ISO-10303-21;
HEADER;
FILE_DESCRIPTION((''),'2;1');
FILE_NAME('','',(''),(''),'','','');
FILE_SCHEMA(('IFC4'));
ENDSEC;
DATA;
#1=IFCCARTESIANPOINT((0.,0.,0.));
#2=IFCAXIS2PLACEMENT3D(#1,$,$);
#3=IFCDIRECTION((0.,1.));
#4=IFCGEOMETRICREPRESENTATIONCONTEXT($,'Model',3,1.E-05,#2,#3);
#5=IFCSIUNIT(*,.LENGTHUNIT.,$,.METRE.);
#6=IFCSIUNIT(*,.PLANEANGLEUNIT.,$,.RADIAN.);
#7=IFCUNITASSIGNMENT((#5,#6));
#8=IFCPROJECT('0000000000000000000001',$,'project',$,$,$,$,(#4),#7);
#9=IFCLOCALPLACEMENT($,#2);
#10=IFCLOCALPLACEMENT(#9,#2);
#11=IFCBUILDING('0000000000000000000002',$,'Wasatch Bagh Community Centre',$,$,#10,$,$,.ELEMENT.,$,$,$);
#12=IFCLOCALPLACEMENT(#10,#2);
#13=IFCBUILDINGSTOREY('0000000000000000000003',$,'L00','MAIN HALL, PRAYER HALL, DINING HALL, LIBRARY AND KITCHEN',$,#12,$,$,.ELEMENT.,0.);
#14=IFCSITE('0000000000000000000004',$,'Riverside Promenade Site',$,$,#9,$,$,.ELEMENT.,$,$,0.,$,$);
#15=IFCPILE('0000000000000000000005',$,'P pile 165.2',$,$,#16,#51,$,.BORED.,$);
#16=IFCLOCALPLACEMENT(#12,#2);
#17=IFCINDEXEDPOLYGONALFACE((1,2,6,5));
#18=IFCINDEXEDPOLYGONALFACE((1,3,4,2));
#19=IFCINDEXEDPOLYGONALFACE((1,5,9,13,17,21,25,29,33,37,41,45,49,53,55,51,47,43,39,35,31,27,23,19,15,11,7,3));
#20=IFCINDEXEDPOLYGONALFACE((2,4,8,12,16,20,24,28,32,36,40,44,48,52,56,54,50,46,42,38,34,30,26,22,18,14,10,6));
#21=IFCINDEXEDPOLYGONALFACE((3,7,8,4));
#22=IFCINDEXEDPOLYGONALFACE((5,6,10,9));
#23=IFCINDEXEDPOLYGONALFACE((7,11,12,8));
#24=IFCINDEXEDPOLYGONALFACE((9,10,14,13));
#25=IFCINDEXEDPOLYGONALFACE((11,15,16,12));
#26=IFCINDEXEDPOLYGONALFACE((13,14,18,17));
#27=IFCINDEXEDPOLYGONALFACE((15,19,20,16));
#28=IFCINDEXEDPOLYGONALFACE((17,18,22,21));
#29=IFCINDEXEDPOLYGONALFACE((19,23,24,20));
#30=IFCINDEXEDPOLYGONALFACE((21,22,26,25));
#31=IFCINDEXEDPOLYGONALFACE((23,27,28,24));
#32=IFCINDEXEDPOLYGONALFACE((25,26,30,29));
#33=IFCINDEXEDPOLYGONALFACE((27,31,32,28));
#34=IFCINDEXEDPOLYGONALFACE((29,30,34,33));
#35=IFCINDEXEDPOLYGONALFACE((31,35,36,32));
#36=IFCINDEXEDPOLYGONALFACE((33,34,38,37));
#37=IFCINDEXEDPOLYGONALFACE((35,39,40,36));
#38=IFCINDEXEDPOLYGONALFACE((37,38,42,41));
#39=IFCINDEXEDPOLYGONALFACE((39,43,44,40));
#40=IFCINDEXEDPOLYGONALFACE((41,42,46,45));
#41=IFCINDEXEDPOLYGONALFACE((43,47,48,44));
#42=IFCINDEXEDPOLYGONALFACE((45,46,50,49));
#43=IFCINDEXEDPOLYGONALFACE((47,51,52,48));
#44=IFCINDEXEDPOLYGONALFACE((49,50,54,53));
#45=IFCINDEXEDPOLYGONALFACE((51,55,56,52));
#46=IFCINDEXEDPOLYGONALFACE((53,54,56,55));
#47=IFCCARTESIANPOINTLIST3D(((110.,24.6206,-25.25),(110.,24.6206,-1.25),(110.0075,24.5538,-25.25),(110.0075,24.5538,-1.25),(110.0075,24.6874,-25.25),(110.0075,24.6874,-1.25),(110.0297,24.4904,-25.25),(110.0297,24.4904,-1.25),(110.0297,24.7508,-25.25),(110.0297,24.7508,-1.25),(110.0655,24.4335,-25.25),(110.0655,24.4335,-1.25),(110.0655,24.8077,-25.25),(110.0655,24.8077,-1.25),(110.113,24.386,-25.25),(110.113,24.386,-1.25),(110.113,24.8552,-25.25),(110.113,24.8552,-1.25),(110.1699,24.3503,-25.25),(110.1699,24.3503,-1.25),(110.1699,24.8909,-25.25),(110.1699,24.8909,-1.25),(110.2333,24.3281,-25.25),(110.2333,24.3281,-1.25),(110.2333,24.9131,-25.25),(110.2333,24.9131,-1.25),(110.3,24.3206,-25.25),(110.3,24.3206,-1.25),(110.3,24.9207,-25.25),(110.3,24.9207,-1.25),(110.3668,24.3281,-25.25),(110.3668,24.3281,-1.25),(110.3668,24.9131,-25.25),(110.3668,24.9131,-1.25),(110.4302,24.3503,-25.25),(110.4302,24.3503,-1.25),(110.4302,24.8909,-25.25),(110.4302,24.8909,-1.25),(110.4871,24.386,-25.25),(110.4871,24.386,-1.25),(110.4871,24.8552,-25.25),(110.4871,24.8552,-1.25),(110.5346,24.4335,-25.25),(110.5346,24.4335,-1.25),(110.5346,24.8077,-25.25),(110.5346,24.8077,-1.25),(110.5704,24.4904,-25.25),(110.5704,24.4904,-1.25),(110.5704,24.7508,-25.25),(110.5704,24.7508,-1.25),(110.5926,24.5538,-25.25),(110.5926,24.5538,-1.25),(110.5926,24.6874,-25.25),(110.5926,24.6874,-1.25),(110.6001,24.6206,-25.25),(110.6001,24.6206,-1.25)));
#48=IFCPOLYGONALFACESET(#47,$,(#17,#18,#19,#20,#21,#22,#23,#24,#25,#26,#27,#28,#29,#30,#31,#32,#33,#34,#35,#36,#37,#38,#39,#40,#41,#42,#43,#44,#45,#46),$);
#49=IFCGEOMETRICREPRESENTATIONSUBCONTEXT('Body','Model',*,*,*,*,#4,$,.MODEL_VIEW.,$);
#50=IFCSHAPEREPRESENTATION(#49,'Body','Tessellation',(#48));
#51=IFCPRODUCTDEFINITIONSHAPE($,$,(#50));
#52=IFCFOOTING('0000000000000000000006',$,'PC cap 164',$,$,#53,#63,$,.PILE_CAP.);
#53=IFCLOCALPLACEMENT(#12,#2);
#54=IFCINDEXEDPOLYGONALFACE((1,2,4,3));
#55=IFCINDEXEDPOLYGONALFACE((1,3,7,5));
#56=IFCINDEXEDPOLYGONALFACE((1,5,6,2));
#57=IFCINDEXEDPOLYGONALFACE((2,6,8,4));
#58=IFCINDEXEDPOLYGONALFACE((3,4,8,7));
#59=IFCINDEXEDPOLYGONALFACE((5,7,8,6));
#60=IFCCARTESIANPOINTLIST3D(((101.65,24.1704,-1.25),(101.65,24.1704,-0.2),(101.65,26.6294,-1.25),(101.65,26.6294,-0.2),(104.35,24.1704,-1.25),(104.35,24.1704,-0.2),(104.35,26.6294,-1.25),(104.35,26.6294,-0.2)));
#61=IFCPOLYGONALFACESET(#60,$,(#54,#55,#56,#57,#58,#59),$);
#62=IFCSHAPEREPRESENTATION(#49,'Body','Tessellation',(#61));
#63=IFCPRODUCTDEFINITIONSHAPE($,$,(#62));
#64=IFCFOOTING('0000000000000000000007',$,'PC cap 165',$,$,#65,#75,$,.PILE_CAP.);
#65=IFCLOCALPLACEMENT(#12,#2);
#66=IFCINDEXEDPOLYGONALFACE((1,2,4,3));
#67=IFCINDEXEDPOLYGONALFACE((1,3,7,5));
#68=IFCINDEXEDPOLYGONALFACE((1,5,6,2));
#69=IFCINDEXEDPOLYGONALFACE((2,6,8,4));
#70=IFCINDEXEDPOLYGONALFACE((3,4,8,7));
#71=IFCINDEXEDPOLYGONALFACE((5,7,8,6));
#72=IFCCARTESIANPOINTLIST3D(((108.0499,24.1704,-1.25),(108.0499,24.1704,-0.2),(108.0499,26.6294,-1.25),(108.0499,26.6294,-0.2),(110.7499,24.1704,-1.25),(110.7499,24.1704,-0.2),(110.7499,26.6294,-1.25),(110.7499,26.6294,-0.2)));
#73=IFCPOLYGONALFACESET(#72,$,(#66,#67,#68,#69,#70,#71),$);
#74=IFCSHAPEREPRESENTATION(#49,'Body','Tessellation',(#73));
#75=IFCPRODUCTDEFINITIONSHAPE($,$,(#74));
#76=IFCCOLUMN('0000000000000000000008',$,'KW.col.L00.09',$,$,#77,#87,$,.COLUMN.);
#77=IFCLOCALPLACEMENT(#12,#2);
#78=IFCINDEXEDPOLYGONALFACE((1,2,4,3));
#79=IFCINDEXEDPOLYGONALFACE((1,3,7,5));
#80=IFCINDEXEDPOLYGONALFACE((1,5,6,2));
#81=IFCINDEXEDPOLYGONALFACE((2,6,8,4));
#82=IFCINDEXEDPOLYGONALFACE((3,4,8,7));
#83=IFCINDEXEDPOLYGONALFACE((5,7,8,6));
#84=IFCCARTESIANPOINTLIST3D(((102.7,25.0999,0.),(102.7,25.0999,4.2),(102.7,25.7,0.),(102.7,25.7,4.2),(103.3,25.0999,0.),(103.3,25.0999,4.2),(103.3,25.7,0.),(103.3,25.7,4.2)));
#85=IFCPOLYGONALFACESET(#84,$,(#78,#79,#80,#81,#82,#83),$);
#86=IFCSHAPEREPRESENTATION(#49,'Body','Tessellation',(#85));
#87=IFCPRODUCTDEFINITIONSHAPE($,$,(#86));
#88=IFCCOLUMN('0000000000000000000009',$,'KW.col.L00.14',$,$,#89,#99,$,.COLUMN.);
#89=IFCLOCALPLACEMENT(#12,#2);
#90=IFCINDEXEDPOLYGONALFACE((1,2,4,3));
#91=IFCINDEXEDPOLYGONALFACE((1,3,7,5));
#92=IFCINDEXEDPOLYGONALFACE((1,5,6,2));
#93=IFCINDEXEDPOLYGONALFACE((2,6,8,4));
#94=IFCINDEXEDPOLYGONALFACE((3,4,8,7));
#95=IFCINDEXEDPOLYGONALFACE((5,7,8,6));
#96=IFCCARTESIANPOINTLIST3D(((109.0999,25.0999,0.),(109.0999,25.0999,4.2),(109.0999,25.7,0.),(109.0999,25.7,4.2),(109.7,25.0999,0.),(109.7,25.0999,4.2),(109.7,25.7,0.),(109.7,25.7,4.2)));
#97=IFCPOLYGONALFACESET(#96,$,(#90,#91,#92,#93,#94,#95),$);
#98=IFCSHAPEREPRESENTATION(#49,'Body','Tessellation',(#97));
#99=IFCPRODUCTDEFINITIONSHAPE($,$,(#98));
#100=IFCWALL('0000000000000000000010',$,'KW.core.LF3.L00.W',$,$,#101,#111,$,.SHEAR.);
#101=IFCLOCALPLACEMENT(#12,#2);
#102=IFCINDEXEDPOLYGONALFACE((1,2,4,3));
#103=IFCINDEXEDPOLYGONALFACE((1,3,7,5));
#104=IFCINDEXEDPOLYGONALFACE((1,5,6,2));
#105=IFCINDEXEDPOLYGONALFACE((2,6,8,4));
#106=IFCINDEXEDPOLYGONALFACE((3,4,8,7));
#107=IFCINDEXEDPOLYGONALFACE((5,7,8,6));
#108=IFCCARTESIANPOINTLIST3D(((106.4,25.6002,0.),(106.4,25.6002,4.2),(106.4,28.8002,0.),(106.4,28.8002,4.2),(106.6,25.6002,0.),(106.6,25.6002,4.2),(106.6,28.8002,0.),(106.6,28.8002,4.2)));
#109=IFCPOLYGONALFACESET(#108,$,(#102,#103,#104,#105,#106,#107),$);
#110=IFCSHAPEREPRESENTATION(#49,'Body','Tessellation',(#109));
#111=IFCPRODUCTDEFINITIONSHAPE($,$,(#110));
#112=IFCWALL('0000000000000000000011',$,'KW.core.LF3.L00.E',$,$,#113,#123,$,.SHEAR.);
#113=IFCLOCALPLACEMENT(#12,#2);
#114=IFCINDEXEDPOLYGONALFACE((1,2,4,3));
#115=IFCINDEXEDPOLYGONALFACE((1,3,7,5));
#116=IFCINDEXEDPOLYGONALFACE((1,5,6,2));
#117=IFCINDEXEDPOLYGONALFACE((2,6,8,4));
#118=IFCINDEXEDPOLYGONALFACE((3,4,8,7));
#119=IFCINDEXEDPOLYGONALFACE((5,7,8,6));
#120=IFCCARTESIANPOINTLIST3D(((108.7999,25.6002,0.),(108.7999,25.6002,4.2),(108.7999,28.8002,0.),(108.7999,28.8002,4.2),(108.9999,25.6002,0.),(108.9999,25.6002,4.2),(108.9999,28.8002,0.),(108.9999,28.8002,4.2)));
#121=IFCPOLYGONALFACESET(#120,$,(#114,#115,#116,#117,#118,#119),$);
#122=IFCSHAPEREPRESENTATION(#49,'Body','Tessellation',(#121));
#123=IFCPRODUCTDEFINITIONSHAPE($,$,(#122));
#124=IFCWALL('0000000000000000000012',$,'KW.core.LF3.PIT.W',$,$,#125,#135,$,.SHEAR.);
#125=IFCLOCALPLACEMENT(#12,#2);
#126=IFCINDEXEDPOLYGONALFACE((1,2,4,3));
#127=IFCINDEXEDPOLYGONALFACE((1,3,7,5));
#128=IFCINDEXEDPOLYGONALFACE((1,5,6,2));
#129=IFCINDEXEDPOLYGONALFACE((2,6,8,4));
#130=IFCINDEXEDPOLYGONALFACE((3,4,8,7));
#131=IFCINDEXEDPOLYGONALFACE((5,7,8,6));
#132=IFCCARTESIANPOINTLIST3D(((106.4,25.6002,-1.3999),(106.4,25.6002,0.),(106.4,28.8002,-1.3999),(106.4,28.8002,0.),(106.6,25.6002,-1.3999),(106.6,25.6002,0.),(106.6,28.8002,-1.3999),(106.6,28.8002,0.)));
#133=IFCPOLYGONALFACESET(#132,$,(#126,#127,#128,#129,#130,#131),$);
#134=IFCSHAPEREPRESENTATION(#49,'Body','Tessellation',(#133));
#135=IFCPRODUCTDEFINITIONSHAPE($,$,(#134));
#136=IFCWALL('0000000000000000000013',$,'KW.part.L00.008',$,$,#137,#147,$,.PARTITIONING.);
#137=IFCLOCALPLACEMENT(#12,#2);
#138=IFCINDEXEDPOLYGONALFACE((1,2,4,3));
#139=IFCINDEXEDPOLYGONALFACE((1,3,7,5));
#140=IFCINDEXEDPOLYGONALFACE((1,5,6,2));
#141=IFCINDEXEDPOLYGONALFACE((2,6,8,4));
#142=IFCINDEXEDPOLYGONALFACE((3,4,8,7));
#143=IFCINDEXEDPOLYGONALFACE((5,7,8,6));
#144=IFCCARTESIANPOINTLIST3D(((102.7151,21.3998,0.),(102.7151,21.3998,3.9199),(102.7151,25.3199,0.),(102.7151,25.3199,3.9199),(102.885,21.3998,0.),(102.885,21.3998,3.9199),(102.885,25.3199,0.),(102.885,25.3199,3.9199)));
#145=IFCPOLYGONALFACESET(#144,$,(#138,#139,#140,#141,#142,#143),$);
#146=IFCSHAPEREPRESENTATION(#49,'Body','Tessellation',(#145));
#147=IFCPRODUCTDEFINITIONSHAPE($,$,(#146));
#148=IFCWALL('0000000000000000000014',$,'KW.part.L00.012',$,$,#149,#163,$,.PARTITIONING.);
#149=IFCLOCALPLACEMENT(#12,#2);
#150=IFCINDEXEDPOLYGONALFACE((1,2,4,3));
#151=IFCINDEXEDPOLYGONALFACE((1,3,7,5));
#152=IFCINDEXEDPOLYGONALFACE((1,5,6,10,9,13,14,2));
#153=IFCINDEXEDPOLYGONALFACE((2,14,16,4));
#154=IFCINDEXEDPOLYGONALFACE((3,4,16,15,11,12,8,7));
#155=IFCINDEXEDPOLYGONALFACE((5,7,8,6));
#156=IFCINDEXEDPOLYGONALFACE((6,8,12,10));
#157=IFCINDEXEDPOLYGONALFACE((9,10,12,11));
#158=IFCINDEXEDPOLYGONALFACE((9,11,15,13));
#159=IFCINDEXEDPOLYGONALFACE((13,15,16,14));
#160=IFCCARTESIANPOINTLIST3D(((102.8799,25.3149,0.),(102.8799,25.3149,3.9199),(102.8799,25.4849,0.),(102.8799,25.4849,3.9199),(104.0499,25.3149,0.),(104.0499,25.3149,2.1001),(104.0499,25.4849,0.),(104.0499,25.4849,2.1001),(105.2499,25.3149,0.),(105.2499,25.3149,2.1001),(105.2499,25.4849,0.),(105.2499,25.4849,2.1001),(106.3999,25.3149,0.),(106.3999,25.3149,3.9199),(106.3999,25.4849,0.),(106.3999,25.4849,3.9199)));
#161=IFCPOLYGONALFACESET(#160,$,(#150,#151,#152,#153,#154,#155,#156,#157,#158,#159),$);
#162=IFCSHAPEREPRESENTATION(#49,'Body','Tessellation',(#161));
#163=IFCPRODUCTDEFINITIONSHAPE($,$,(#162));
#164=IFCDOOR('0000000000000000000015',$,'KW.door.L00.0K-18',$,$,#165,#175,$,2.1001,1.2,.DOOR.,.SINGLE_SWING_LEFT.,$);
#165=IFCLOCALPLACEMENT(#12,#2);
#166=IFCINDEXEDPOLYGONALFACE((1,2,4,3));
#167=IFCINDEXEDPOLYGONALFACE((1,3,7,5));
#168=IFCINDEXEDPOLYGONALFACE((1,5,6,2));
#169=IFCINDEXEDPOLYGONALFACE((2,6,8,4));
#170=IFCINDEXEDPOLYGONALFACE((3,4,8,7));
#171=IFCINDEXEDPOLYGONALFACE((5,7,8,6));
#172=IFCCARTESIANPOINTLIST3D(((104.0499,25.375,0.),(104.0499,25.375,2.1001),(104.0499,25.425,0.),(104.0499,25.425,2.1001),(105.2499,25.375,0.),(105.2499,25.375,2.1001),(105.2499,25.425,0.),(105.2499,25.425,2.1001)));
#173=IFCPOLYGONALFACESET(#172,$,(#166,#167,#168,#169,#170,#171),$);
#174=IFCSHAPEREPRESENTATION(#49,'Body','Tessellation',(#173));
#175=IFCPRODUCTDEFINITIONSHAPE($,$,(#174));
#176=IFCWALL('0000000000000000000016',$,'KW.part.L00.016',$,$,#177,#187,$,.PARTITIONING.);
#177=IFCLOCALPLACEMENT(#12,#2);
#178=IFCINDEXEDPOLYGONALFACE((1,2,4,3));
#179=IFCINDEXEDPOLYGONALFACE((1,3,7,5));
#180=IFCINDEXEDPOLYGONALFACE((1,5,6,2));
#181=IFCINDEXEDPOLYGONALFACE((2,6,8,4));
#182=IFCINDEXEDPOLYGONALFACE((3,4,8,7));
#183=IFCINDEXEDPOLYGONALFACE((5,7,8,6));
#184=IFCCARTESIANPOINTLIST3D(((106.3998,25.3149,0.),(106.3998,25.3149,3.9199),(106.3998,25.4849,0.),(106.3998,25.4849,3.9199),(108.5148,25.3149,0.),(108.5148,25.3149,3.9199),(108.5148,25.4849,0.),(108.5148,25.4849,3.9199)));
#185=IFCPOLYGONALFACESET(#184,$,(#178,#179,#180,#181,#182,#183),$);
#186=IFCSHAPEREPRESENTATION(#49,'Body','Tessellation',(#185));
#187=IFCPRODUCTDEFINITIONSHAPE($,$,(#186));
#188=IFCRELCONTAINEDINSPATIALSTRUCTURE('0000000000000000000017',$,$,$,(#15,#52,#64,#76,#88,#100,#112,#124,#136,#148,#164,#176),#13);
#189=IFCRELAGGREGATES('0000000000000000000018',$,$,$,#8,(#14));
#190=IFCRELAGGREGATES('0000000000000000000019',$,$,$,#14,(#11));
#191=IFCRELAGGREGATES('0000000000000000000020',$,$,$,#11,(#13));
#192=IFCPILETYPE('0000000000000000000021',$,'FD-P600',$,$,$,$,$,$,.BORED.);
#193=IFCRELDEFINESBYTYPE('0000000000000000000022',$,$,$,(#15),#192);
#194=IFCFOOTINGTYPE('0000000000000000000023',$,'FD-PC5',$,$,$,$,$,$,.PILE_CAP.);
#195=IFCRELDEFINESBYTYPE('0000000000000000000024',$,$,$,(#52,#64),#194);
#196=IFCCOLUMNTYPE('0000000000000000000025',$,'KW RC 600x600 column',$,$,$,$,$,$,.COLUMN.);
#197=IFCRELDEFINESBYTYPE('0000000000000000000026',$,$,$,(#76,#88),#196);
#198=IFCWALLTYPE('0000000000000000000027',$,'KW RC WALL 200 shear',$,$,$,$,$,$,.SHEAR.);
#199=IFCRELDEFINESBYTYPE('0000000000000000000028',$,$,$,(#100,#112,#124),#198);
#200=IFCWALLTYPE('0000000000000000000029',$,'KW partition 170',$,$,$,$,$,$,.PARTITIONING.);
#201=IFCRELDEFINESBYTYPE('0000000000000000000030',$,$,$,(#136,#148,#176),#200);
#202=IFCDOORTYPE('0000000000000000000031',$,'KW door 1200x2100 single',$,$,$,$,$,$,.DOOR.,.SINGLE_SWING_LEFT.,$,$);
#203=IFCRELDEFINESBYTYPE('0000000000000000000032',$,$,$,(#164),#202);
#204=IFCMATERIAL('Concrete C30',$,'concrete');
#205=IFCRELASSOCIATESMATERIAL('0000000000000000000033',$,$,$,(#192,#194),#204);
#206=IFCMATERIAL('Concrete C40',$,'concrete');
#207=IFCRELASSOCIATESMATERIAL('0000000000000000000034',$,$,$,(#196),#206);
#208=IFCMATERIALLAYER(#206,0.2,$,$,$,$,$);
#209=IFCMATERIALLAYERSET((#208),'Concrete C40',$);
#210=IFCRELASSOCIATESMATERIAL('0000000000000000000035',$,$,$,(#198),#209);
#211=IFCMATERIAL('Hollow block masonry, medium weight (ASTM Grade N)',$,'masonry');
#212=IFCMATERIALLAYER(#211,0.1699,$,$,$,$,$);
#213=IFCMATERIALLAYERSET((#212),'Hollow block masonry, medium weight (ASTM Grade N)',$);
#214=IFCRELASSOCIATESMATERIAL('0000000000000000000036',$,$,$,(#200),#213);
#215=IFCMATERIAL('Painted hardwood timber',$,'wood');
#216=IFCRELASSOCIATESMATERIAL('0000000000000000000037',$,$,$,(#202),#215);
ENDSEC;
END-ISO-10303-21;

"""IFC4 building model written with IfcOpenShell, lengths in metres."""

from ifc_helpers import new_model, si_unit, direction, frame, frame_2d, origin, origin_2d, place, context, subcontext, project, spatial, rectangle, circle, extrude, material, layer, layer_set, material_profile, profile_set, type_object, element, fill, save


model = new_model("IFC4")

# Units and contexts
model_context = context("Model", 3, precision=1e-05, world=origin(), true_north=direction((0.0, 1.0)))
body_context = subcontext(model_context, "Body", "Model", "MODEL_VIEW")
ifc_project = project(units=[si_unit("LENGTHUNIT", "METRE"), si_unit("PLANEANGLEUNIT", "RADIAN")], contexts=[model_context])

# Site, building, storey
site_placement = place(None, origin())
site = spatial("IfcSite", under=ifc_project, at=site_placement, Name="Riverside Promenade Site", CompositionType="ELEMENT", RefElevation=0.0)
building_placement = place(site_placement, origin())
building = spatial("IfcBuilding", under=site, at=building_placement, Name="Wasatch Bagh Community Centre", CompositionType="ELEMENT")
storey_placement = place(building_placement, origin())
storey = spatial("IfcBuildingStorey", under=building, at=storey_placement, Name="L00", Description="MAIN HALL, PRAYER HALL, DINING HALL, LIBRARY AND KITCHEN", CompositionType="ELEMENT", Elevation=0.0)

# Pile
ifc_material_1 = material(Name="Concrete C30", Category="concrete")
ifc_material_profile_1 = material_profile(ifc_material_1, circle(Radius=0.3, at=origin_2d()), Name="RC D600")
ifc_profile_set_1 = profile_set([ifc_material_profile_1], Name="Concrete C30")
pile_type = type_object("IfcPileType", Name="FD-P600", PredefinedType="BORED", material=ifc_profile_set_1)
for number, where, z_axis, x_axis, name in (
    (1, (110.3, 24.6206, -1.25), (0.0, 0.0, -1.0), (1.0, 0.0, 0.0), "P pile 165.2"),
):
    element("IfcPile", number, at=place(storey_placement, frame(where, z_axis=z_axis, x_axis=x_axis)), inside=storey, type_object=pile_type, Name=name, PredefinedType="BORED", context=body_context, shape_type="SweptSolid", body=[
        extrude(circle(Radius=0.3, at=origin_2d()), origin(), (0.0, 0.0, 1.0), 24.0),
    ])

# Footings
footing_type_1 = type_object("IfcFootingType", Name="FD-PC5", PredefinedType="PILE_CAP", material=ifc_material_1)
for number, where, z_axis, x_axis, name in (
    (2, (103.0, 25.3999, -1.25), (0.0, 0.0, 1.0), (1.0, 0.0, 0.0), "PC cap 164"),
    (3, (109.3999, 25.3999, -1.25), (0.0, 0.0, 1.0), (1.0, 0.0, 0.0), "PC cap 165"),
):
    element("IfcFooting", number, at=place(storey_placement, frame(where, z_axis=z_axis, x_axis=x_axis)), inside=storey, type_object=footing_type_1, Name=name, PredefinedType="PILE_CAP", context=body_context, shape_type="SweptSolid", body=[
        extrude(rectangle(XDim=2.7, YDim=2.459, at=origin_2d()), origin(), (0.0, 0.0, 1.0), 1.05),
    ])

# Columns
ifc_material_2 = material(Name="Concrete C40", Category="concrete")
ifc_material_profile_2 = material_profile(ifc_material_2, rectangle(XDim=0.6001, YDim=0.6001, at=origin_2d()), Name="RC 600x600")
ifc_profile_set_2 = profile_set([ifc_material_profile_2], Name="Concrete C40")
column_type = type_object("IfcColumnType", Name="KW RC 600x600 column", PredefinedType="COLUMN", material=ifc_profile_set_2)
for number, where, z_axis, x_axis, name in (
    (4, (103.0, 25.3999, 0.0), (0.0, 0.0, 1.0), (1.0, 0.0, 0.0), "KW.col.L00.09"),
    (5, (109.3999, 25.3999, 0.0), (0.0, 0.0, 1.0), (1.0, 0.0, 0.0), "KW.col.L00.14"),
):
    element("IfcColumn", number, at=place(storey_placement, frame(where, z_axis=z_axis, x_axis=x_axis)), inside=storey, type_object=column_type, Name=name, PredefinedType="COLUMN", context=body_context, shape_type="SweptSolid", body=[
        extrude(rectangle(XDim=0.6001, YDim=0.6001, at=origin_2d()), origin(), (0.0, 0.0, 1.0), 4.2),
    ])

# Walls
ifc_layer_1 = layer(ifc_material_2, 0.2)
ifc_layer_set_1 = layer_set([ifc_layer_1], Name="Concrete C40")
wall_type_1 = type_object("IfcWallType", Name="KW RC WALL 200 shear", PredefinedType="SHEAR", material=ifc_layer_set_1)
for number, where, z_axis, x_axis, name in (
    (6, (106.5, 25.6001, 0.0), (0.0, 0.0, 1.0), (0.0, 1.0, 0.0), "KW.core.LF3.L00.W"),
    (7, (108.8999, 25.6001, 0.0), (0.0, 0.0, 1.0), (0.0, 1.0, 0.0), "KW.core.LF3.L00.E"),
):
    element("IfcWall", number, at=place(storey_placement, frame(where, z_axis=z_axis, x_axis=x_axis)), inside=storey, type_object=wall_type_1, Name=name, PredefinedType="SHEAR", context=body_context, shape_type="SweptSolid", body=[
        extrude(rectangle(XDim=3.2, YDim=0.2, at=frame_2d((1.6001, 0.0))), origin(), (0.0, 0.0, 1.0), 4.2),
    ])
wall_1_placement = place(storey_placement, frame((106.5, 25.6001, -1.3999), z_axis=(0.0, 0.0, 1.0), x_axis=(0.0, 1.0, 0.0)))
element("IfcWall", 8, at=wall_1_placement, inside=storey, type_object=wall_type_1, Name="KW.core.LF3.PIT.W", PredefinedType="SHEAR", context=body_context, shape_type="SweptSolid", body=[
    extrude(rectangle(XDim=3.2, YDim=0.2, at=frame_2d((1.6001, 0.0))), origin(), (0.0, 0.0, 1.0), 1.3999),
])
ifc_material_3 = material(Name="Hollow block masonry, medium weight (ASTM Grade N)", Category="masonry")
ifc_layer_2 = layer(ifc_material_3, 0.1699)
ifc_layer_set_2 = layer_set([ifc_layer_2], Name="Hollow block masonry, medium weight (ASTM Grade N)")
wall_type_2 = type_object("IfcWallType", Name="KW partition 170", PredefinedType="PARTITIONING", material=ifc_layer_set_2)
wall_2_placement = place(storey_placement, frame((102.8, 21.3999, 0.0), z_axis=(0.0, 0.0, 1.0), x_axis=(0.0, 1.0, 0.0)))
element("IfcWall", 9, at=wall_2_placement, inside=storey, type_object=wall_type_2, Name="KW.part.L00.008", PredefinedType="PARTITIONING", context=body_context, shape_type="SweptSolid", body=[
    extrude(rectangle(XDim=3.9202, YDim=0.1699, at=frame_2d((1.96, 0.0))), origin(), (0.0, 0.0, 1.0), 3.9199),
])

# Wall, opening, door
wall_3_placement = place(storey_placement, frame((106.3999, 25.3999, 0.0), z_axis=(0.0, 0.0, 1.0), x_axis=(-1.0, 0.0, 0.0)))
wall_3 = element("IfcWall", 10, at=wall_3_placement, inside=storey, type_object=wall_type_2, Name="KW.part.L00.012", PredefinedType="PARTITIONING", context=body_context, shape_type="SweptSolid", body=[
    extrude(rectangle(XDim=3.52, YDim=0.1699, at=frame_2d((1.76, 0.0))), origin(), (0.0, 0.0, 1.0), 3.9199),
])
opening_1_placement = place(wall_3_placement, frame((1.1499, 0.0, 0.0)))
opening_1 = element("IfcOpeningElement", 11, at=opening_1_placement, cuts=wall_3, PredefinedType="OPENING", context=body_context, shape_type="SweptSolid", body=[
    extrude(rectangle(XDim=1.2, YDim=2.1001, at=frame_2d((0.6001, 1.05))), frame((0.0, 0.095, 0.0), z_axis=(0.0, -1.0, 0.0), x_axis=(1.0, 0.0, 0.0)), (0.0, 0.0, 1.0), 0.1899),
])
ifc_material_4 = material(Name="Painted hardwood timber", Category="wood")
door_type_1 = type_object("IfcDoorType", Name="KW door 1200x2100 single", OperationType="SINGLE_SWING_LEFT", PredefinedType="DOOR", material=ifc_material_4)
door_1_placement = place(opening_1_placement, origin())
door_1 = element("IfcDoor", 12, at=door_1_placement, inside=storey, type_object=door_type_1, Name="KW.door.L00.0K-18", OperationType="SINGLE_SWING_LEFT", OverallHeight=2.1001, OverallWidth=1.2, PredefinedType="DOOR", context=body_context, shape_type="SweptSolid", body=[
    extrude(rectangle(XDim=1.2, YDim=2.1001, at=frame_2d((0.6001, 1.05))), frame((0.0, 0.0249, 0.0), z_axis=(0.0, -1.0, 0.0), x_axis=(1.0, 0.0, 0.0)), (0.0, 0.0, 1.0), 0.05),
])
fill(opening_1, door_1)

# Wall
wall_4_placement = place(storey_placement, frame((108.5149, 25.3999, 0.0), z_axis=(0.0, 0.0, 1.0), x_axis=(-1.0, 0.0, 0.0)))
element("IfcWall", 13, at=wall_4_placement, inside=storey, type_object=wall_type_2, Name="KW.part.L00.016", PredefinedType="PARTITIONING", context=body_context, shape_type="SweptSolid", body=[
    extrude(rectangle(XDim=2.115, YDim=0.1699, at=frame_2d((1.0576, 0.0))), origin(), (0.0, 0.0, 1.0), 3.9199),
])

save(model, "model.ifc")
